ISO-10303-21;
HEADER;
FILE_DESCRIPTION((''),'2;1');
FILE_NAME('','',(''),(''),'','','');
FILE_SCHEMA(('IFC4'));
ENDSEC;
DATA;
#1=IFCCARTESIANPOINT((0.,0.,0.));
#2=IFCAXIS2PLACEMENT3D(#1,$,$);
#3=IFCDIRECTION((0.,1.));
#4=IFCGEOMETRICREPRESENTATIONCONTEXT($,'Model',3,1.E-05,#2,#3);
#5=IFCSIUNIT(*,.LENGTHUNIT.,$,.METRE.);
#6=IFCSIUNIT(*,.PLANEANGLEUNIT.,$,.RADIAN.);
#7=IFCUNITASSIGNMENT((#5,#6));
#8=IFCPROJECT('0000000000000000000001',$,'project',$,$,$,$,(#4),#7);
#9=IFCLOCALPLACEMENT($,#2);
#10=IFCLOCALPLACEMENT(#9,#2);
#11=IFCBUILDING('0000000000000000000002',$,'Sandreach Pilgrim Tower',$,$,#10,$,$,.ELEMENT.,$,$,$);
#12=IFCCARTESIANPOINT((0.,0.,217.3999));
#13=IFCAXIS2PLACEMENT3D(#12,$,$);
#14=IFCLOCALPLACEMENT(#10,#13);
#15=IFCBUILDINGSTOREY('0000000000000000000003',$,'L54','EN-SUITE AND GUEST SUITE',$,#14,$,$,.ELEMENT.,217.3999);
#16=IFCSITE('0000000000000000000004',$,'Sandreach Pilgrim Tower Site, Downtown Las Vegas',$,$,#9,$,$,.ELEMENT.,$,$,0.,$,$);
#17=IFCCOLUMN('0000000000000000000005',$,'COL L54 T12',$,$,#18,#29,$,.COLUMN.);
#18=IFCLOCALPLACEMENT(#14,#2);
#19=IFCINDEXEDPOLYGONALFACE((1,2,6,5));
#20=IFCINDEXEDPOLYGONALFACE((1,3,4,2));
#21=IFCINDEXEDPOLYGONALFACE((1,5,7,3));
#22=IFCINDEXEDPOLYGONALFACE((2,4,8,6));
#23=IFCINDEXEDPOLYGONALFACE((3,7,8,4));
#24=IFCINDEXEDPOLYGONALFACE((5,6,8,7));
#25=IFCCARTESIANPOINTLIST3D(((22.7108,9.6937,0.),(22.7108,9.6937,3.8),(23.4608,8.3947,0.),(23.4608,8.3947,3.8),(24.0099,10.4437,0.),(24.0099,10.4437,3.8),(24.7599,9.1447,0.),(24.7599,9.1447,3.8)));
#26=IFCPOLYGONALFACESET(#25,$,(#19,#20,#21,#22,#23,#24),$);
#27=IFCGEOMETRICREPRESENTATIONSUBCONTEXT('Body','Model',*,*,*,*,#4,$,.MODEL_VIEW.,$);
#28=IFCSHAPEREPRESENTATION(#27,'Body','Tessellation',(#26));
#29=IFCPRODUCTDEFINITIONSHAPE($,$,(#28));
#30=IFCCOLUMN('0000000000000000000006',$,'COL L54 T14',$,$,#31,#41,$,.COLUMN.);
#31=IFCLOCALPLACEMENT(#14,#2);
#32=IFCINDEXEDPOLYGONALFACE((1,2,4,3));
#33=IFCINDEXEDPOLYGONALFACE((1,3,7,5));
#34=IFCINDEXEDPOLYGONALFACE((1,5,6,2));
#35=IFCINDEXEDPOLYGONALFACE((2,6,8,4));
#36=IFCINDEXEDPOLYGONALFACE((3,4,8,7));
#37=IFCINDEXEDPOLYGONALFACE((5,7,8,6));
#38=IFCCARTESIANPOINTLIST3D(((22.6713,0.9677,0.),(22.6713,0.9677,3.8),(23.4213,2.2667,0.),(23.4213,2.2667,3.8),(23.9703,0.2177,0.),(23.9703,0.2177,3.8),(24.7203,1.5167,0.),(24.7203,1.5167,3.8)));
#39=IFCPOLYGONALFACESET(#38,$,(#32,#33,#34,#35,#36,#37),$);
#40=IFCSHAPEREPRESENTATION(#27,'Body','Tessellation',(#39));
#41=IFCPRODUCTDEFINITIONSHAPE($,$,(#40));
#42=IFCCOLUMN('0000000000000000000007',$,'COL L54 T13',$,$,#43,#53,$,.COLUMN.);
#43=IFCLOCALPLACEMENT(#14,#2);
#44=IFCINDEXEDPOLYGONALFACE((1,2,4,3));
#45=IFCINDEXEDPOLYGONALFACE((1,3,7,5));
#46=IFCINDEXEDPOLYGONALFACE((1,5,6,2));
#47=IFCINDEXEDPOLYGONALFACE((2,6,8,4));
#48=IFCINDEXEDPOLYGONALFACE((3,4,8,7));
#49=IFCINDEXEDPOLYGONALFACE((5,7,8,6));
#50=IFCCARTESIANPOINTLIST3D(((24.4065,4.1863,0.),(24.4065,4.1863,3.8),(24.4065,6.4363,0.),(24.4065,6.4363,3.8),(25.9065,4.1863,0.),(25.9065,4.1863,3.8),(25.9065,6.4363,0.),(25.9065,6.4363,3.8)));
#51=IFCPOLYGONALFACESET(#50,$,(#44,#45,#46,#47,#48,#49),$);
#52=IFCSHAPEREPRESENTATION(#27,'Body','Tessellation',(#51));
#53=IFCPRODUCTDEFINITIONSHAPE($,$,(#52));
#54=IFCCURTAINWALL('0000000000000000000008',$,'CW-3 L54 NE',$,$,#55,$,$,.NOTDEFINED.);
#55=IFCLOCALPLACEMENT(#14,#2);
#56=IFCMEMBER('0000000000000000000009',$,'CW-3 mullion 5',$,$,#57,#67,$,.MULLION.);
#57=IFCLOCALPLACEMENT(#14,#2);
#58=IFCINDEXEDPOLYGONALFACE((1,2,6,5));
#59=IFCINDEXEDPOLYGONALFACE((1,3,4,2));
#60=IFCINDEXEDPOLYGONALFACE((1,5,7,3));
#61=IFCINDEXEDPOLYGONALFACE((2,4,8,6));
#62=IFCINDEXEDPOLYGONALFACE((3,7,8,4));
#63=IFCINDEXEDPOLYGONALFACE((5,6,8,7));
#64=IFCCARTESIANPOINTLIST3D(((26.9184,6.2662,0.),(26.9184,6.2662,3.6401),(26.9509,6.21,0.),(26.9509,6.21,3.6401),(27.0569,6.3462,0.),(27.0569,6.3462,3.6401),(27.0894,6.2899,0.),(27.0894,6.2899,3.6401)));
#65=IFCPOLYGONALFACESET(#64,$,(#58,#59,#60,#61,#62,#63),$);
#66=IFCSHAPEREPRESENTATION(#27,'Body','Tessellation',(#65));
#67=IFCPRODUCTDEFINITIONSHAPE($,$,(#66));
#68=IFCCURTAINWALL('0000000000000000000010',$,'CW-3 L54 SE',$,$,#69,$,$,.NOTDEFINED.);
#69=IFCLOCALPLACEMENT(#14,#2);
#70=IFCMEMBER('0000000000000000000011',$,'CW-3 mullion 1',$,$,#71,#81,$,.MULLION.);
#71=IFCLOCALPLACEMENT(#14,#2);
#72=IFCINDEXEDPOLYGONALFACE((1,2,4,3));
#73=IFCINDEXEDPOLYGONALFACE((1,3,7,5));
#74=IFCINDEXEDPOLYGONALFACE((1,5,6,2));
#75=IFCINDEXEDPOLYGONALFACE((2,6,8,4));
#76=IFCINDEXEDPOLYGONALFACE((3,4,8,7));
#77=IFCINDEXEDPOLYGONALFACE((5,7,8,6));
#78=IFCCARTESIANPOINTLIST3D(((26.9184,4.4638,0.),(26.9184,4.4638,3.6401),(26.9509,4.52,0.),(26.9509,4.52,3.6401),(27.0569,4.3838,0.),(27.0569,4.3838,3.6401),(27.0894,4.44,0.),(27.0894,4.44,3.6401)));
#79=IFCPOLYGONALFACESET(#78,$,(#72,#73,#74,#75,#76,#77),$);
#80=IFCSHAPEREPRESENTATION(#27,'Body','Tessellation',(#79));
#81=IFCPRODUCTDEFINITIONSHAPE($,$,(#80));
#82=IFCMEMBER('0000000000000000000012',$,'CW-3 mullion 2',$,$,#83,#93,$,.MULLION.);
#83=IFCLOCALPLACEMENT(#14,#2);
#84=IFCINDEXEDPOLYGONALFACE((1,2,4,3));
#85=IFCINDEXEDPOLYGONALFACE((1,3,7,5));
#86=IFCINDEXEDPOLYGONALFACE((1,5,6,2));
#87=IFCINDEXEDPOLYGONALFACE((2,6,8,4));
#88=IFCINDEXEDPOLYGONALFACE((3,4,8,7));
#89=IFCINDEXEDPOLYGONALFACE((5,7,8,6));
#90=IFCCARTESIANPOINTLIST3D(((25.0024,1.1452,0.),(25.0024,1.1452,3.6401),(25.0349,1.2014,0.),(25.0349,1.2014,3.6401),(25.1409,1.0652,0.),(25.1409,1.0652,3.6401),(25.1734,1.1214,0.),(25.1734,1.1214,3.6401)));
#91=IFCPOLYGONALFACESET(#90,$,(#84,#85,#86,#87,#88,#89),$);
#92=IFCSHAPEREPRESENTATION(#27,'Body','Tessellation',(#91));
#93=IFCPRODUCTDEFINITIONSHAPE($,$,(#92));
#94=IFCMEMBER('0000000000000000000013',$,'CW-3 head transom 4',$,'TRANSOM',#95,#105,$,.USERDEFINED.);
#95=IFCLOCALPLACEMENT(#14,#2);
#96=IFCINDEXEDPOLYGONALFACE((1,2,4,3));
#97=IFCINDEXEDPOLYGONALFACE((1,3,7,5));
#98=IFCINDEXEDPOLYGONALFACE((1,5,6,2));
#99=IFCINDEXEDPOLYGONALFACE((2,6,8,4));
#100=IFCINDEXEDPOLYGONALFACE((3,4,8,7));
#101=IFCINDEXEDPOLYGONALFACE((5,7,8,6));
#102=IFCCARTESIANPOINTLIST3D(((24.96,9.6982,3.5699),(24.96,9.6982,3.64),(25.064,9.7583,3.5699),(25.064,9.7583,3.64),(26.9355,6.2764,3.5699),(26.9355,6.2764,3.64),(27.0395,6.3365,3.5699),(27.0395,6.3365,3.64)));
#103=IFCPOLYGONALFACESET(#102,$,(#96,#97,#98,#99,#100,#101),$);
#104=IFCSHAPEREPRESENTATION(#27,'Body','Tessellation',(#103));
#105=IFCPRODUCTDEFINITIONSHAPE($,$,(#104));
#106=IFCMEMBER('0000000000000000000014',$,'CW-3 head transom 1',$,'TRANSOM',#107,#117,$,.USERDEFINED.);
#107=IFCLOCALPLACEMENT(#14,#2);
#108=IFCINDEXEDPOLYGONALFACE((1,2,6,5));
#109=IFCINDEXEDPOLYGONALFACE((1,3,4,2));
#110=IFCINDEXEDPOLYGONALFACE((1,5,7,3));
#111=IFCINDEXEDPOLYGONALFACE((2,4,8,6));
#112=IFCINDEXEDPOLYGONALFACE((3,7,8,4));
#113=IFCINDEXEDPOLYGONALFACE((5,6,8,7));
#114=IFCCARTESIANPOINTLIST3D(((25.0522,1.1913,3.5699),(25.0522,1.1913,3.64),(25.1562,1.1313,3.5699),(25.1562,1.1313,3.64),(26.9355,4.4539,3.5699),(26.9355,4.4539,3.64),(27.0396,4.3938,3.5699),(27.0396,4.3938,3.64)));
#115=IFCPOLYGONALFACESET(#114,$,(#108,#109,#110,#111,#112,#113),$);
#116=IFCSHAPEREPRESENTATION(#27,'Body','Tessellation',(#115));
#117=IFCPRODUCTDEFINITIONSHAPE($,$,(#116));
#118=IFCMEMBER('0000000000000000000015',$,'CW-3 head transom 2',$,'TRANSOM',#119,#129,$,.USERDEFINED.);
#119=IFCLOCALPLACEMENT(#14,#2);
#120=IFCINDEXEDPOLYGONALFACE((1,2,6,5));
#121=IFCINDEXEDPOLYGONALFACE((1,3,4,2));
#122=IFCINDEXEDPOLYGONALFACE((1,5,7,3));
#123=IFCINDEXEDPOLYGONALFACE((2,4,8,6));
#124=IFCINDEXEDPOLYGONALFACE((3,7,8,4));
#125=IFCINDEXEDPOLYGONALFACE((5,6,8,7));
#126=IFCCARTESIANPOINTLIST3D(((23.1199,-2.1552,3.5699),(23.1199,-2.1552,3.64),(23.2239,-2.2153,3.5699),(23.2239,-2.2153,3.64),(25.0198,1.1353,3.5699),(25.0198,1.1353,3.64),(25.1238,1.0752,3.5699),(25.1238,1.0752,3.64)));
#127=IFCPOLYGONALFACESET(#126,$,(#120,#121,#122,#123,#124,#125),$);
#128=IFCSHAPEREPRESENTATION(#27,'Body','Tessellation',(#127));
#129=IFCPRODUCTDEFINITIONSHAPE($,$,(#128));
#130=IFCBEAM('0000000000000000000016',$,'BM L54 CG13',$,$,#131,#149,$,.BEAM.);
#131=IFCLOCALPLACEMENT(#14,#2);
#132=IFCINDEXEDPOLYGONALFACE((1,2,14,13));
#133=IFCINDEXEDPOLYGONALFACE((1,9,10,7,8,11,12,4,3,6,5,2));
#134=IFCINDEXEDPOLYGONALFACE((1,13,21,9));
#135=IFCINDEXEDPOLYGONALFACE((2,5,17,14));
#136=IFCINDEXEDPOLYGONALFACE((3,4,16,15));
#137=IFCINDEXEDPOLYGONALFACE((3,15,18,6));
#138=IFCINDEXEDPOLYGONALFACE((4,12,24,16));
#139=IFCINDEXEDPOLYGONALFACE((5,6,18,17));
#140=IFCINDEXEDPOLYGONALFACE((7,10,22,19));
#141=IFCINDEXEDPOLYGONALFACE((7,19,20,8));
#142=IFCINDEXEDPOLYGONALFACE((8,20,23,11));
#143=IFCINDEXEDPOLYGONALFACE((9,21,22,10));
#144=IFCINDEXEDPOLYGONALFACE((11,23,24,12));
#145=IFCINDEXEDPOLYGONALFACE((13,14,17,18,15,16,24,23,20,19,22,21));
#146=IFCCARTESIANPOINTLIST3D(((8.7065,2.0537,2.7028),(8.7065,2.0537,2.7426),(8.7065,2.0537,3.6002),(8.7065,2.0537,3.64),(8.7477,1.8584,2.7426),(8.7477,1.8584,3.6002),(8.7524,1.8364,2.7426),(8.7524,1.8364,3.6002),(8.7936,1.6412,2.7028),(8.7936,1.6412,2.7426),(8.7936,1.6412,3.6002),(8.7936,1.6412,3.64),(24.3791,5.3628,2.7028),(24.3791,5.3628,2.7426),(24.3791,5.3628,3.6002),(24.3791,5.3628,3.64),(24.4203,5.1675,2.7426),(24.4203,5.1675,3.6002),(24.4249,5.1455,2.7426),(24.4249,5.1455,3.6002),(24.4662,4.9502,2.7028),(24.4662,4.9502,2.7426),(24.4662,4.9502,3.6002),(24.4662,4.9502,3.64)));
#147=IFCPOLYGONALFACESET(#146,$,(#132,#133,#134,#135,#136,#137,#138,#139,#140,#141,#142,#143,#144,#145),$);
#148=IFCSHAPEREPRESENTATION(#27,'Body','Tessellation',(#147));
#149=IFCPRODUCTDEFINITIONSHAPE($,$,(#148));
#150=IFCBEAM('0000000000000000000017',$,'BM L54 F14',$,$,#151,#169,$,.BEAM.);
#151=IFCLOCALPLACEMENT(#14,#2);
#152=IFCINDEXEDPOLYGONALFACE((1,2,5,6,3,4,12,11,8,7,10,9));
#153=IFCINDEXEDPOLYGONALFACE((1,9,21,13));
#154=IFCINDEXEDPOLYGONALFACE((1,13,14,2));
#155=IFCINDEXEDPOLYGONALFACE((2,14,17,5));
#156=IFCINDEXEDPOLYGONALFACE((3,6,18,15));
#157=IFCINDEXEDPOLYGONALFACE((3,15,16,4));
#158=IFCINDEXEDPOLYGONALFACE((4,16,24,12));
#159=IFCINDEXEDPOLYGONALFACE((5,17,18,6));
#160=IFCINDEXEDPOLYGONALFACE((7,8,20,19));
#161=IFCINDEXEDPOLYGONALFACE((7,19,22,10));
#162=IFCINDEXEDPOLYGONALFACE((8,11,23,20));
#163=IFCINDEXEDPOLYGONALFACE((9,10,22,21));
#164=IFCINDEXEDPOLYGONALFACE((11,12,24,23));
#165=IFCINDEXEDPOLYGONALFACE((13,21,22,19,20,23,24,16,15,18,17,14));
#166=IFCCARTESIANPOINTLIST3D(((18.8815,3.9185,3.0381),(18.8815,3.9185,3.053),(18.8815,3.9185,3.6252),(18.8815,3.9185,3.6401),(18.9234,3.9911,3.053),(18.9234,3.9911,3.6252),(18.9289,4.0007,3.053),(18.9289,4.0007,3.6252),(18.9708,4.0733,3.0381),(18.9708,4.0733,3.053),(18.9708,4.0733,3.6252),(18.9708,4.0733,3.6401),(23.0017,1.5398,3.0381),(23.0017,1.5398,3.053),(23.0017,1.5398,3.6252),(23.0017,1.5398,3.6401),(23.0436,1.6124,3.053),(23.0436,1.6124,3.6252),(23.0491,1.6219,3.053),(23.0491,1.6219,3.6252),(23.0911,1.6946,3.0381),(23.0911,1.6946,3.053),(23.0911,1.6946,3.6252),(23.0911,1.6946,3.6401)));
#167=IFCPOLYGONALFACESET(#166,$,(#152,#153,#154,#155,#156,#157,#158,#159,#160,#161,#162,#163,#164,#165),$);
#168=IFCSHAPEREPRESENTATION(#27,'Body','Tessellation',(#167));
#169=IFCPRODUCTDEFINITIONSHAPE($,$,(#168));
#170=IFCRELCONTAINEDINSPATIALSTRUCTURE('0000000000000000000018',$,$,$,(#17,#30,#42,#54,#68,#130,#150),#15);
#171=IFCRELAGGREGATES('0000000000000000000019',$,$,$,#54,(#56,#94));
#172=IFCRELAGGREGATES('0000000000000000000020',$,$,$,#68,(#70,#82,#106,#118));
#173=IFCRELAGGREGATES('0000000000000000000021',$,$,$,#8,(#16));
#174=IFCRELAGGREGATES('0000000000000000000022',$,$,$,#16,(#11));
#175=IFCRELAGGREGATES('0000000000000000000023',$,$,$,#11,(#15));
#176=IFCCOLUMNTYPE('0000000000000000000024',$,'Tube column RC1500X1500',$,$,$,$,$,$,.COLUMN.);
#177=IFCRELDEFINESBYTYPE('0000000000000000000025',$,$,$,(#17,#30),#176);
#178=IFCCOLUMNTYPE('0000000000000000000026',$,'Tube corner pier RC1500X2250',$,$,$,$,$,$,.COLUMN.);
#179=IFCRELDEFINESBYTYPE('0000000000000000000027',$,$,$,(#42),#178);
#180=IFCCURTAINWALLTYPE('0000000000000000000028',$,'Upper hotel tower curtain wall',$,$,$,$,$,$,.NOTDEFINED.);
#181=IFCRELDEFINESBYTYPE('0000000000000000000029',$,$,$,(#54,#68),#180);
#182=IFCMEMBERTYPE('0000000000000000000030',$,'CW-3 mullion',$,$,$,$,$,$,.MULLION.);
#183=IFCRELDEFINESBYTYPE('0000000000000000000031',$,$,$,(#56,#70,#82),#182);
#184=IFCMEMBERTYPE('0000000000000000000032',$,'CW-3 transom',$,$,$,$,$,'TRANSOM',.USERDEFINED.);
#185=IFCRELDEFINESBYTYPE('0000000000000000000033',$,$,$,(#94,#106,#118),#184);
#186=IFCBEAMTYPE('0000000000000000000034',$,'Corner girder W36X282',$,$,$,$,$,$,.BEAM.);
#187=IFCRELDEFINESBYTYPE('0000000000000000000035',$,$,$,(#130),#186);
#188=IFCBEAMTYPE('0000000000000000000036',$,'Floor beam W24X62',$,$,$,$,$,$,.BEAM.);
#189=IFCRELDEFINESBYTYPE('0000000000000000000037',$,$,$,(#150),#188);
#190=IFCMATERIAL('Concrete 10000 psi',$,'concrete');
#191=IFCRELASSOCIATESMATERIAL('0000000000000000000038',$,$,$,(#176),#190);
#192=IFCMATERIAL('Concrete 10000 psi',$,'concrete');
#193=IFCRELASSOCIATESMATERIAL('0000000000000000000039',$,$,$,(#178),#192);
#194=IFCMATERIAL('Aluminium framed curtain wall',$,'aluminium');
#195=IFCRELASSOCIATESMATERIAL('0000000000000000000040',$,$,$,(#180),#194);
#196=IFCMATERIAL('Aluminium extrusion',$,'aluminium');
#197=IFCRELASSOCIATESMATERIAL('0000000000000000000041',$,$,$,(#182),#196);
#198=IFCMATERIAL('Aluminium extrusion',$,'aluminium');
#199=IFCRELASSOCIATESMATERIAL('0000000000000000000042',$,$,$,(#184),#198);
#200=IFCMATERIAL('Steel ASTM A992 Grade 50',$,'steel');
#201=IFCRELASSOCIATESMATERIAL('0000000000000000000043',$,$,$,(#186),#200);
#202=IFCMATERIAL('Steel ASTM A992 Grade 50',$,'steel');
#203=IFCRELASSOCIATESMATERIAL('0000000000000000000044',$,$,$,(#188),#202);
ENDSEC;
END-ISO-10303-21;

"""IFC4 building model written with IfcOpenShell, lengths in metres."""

from ifc_helpers import new_model, si_unit, direction, frame, origin, origin_2d, place, context, subcontext, project, spatial, rectangle, i_section, extrude, material, material_profile, profile_set, type_object, element, aggregate, save


model = new_model("IFC4")

# Units and contexts
model_context = context("Model", 3, precision=1e-05, world=origin(), true_north=direction((0.0, 1.0)))
body_context = subcontext(model_context, "Body", "Model", "MODEL_VIEW")
ifc_project = project(units=[si_unit("LENGTHUNIT", "METRE"), si_unit("PLANEANGLEUNIT", "RADIAN")], contexts=[model_context])

# Site, building, storey
site_placement = place(None, origin())
site = spatial("IfcSite", under=ifc_project, at=site_placement, Name="Sandreach Pilgrim Tower Site, Downtown Las Vegas", CompositionType="ELEMENT", RefElevation=0.0)
building_placement = place(site_placement, origin())
building = spatial("IfcBuilding", under=site, at=building_placement, Name="Sandreach Pilgrim Tower", CompositionType="ELEMENT")
storey_placement = place(building_placement, frame((0.0, 0.0, 217.3999)))
storey = spatial("IfcBuildingStorey", under=building, at=storey_placement, Name="L54", Description="EN-SUITE AND GUEST SUITE", CompositionType="ELEMENT", Elevation=217.3999)

# Columns
ifc_material_1 = material(Name="Concrete 10000 psi", Category="concrete")
ifc_material_profile_1 = material_profile(ifc_material_1, rectangle(XDim=1.5, YDim=1.5, at=origin_2d()), Name="RC1500X1500")
ifc_profile_set_1 = profile_set([ifc_material_profile_1], Name="Concrete 10000 psi")
column_type_1 = type_object("IfcColumnType", Name="Tube column RC1500X1500", PredefinedType="COLUMN", material=ifc_profile_set_1)
for number, where, z_axis, x_axis, name in (
    (1, (23.7354, 9.4192, 0.0), (0.0, 0.0, 1.0), (0.866025, 0.5, 0.0), "COL L54 T12"),
    (2, (23.6958, 1.2422, 0.0), (0.0, 0.0, 1.0), (0.866025, -0.5, 0.0), "COL L54 T14"),
):
    element("IfcColumn", number, at=place(storey_placement, frame(where, z_axis=z_axis, x_axis=x_axis)), inside=storey, type_object=column_type_1, Name=name, PredefinedType="COLUMN", context=body_context, shape_type="SweptSolid", body=[
        extrude(rectangle(XDim=1.5, YDim=1.5, at=origin_2d()), origin(), (0.0, 0.0, 1.0), 3.8),
    ])
ifc_material_2 = material(Name="Concrete 10000 psi", Category="concrete")
ifc_material_profile_2 = material_profile(ifc_material_2, rectangle(XDim=1.5, YDim=2.25, at=origin_2d()), Name="RC1500X2250")
ifc_profile_set_2 = profile_set([ifc_material_profile_2], Name="Concrete 10000 psi")
column_type_2 = type_object("IfcColumnType", Name="Tube corner pier RC1500X2250", PredefinedType="COLUMN", material=ifc_profile_set_2)
column_placement = place(storey_placement, frame((25.1565, 5.3113, 0.0), z_axis=(0.0, 0.0, 1.0), x_axis=(1.0, 0.0, 0.0)))
element("IfcColumn", 3, at=column_placement, inside=storey, type_object=column_type_2, Name="COL L54 T13", PredefinedType="COLUMN", context=body_context, shape_type="SweptSolid", body=[
    extrude(rectangle(XDim=1.5, YDim=2.25, at=origin_2d()), origin(), (0.0, 0.0, 1.0), 3.8),
])

# Curtain wall, member
ifc_material_3 = material(Name="Aluminium framed curtain wall", Category="aluminium")
curtain_wall_type = type_object("IfcCurtainWallType", Name="Upper hotel tower curtain wall", PredefinedType="NOTDEFINED", material=ifc_material_3)
curtain_wall_1_placement = place(storey_placement, origin())
curtain_wall_1 = element("IfcCurtainWall", 4, at=curtain_wall_1_placement, inside=storey, type_object=curtain_wall_type, Name="CW-3 L54 NE", PredefinedType="NOTDEFINED")
ifc_material_4 = material(Name="Aluminium extrusion", Category="aluminium")
ifc_material_profile_3 = material_profile(ifc_material_4, rectangle(XDim=0.0649, YDim=0.1599, at=origin_2d()), Name="CW-3M 65X160")
ifc_profile_set_3 = profile_set([ifc_material_profile_3], Name="Aluminium extrusion")
member_type_1 = type_object("IfcMemberType", Name="CW-3 mullion", PredefinedType="MULLION", material=ifc_profile_set_3)
member_1_placement = place(storey_placement, frame((27.0039, 6.2781, 0.0), z_axis=(0.0, 0.0, 1.0), x_axis=(0.5, -0.866025, 0.0)))
member_1 = element("IfcMember", 5, at=member_1_placement, type_object=member_type_1, Name="CW-3 mullion 5", PredefinedType="MULLION", context=body_context, shape_type="SweptSolid", body=[
    extrude(rectangle(XDim=0.0649, YDim=0.1599, at=origin_2d()), origin(), (0.0, 0.0, 1.0), 3.6401),
])

# Curtain wall, members
curtain_wall_2_placement = place(storey_placement, origin())
curtain_wall_2 = element("IfcCurtainWall", 6, at=curtain_wall_2_placement, inside=storey, type_object=curtain_wall_type, Name="CW-3 L54 SE", PredefinedType="NOTDEFINED")
member_2_placement = place(storey_placement, frame((27.0039, 4.4519, 0.0), z_axis=(0.0, 0.0, 1.0), x_axis=(-0.5, -0.866025, 0.0)))
member_2 = element("IfcMember", 7, at=member_2_placement, type_object=member_type_1, Name="CW-3 mullion 1", PredefinedType="MULLION", context=body_context, shape_type="SweptSolid", body=[
    extrude(rectangle(XDim=0.0649, YDim=0.1599, at=origin_2d()), origin(), (0.0, 0.0, 1.0), 3.6401),
])
member_3_placement = place(storey_placement, frame((25.0879, 1.1333, 0.0), z_axis=(0.0, 0.0, 1.0), x_axis=(-0.5, -0.866025, 0.0)))
member_3 = element("IfcMember", 8, at=member_3_placement, type_object=member_type_1, Name="CW-3 mullion 2", PredefinedType="MULLION", context=body_context, shape_type="SweptSolid", body=[
    extrude(rectangle(XDim=0.0649, YDim=0.1599, at=origin_2d()), origin(), (0.0, 0.0, 1.0), 3.6401),
])

# Members
ifc_material_5 = material(Name="Aluminium extrusion", Category="aluminium")
ifc_material_profile_4 = material_profile(ifc_material_5, rectangle(XDim=0.1201, YDim=0.0701, at=origin_2d()), Name="CW-3T 120X70")
ifc_profile_set_4 = profile_set([ifc_material_profile_4], Name="Aluminium extrusion")
member_type_2 = type_object("IfcMemberType", Name="CW-3 transom", ElementType="TRANSOM", PredefinedType="USERDEFINED", material=ifc_profile_set_4)
member_4_placement = place(storey_placement, frame((25.012, 9.7283, 3.605), z_axis=(0.499993, -0.866029, 0.0), x_axis=(0.866029, 0.499993, 0.0)))
member_4 = element("IfcMember", 9, at=member_4_placement, type_object=member_type_2, Name="CW-3 head transom 4", ObjectType="TRANSOM", PredefinedType="USERDEFINED", context=body_context, shape_type="SweptSolid", body=[
    extrude(rectangle(XDim=0.1201, YDim=0.0701, at=origin_2d()), origin(), (0.0, 0.0, 1.0), 3.9512),
])
member_5_placement = place(storey_placement, frame((26.9875, 4.4238, 3.605), z_axis=(-0.499945, -0.866057, 0.0), x_axis=(0.866057, -0.499945, 0.0)))
member_5 = element("IfcMember", 10, at=member_5_placement, type_object=member_type_2, Name="CW-3 head transom 1", ObjectType="TRANSOM", PredefinedType="USERDEFINED", context=body_context, shape_type="SweptSolid", body=[
    extrude(rectangle(XDim=0.1201, YDim=0.0701, at=origin_2d()), origin(), (0.0, 0.0, 1.0), 3.7671),
])
member_6_placement = place(storey_placement, frame((25.0718, 1.1052, 3.605), z_axis=(-0.500023, -0.866012, 0.0), x_axis=(0.866012, -0.500023, 0.0)))
member_6 = element("IfcMember", 11, at=member_6_placement, type_object=member_type_2, Name="CW-3 head transom 2", ObjectType="TRANSOM", PredefinedType="USERDEFINED", context=body_context, shape_type="SweptSolid", body=[
    extrude(rectangle(XDim=0.1201, YDim=0.0701, at=origin_2d()), origin(), (0.0, 0.0, 1.0), 3.7996),
])

# Beams
ifc_material_6 = material(Name="Steel ASTM A992 Grade 50", Category="steel")
ifc_material_profile_5 = material_profile(ifc_material_6, i_section(OverallWidth=0.4216, OverallDepth=0.9373, WebThickness=0.0225, FlangeThickness=0.0398, at=origin_2d()), Name="W36X282")
ifc_profile_set_5 = profile_set([ifc_material_profile_5], Name="Steel ASTM A992 Grade 50")
beam_type_1 = type_object("IfcBeamType", Name="Corner girder W36X282", PredefinedType="BEAM", material=ifc_profile_set_5)
beam_1_placement = place(storey_placement, frame((24.4226, 5.1565, 3.1714), z_axis=(-0.978429, -0.206583, 0.0), x_axis=(0.206583, -0.978429, 0.0)))
element("IfcBeam", 12, at=beam_1_placement, inside=storey, type_object=beam_type_1, Name="BM L54 CG13", PredefinedType="BEAM", context=body_context, shape_type="SweptSolid", body=[
    extrude(i_section(OverallWidth=0.4216, OverallDepth=0.9373, WebThickness=0.0225, FlangeThickness=0.0398, at=origin_2d()), origin(), (0.0, 0.0, 1.0), 16.0181),
])
ifc_material_7 = material(Name="Steel ASTM A992 Grade 50", Category="steel")
ifc_material_profile_6 = material_profile(ifc_material_7, i_section(OverallWidth=0.1787, OverallDepth=0.6021, WebThickness=0.011, FlangeThickness=0.0149, at=origin_2d()), Name="W24X62")
ifc_profile_set_6 = profile_set([ifc_material_profile_6], Name="Steel ASTM A992 Grade 50")
beam_type_2 = type_object("IfcBeamType", Name="Floor beam W24X62", PredefinedType="BEAM", material=ifc_profile_set_6)
beam_2_placement = place(storey_placement, frame((23.0464, 1.6172, 3.3391), z_axis=(-0.866033, 0.499986, 0.0), x_axis=(-0.499986, -0.866033, 0.0)))
element("IfcBeam", 13, at=beam_2_placement, inside=storey, type_object=beam_type_2, Name="BM L54 F14", PredefinedType="BEAM", context=body_context, shape_type="SweptSolid", body=[
    extrude(i_section(OverallWidth=0.1787, OverallDepth=0.6021, WebThickness=0.011, FlangeThickness=0.0149, at=origin_2d()), origin(), (0.0, 0.0, 1.0), 4.7576),
])

aggregate(curtain_wall_1, [member_1, member_4])
aggregate(curtain_wall_2, [member_2, member_3, member_5, member_6])

save(model, "model.ifc")
